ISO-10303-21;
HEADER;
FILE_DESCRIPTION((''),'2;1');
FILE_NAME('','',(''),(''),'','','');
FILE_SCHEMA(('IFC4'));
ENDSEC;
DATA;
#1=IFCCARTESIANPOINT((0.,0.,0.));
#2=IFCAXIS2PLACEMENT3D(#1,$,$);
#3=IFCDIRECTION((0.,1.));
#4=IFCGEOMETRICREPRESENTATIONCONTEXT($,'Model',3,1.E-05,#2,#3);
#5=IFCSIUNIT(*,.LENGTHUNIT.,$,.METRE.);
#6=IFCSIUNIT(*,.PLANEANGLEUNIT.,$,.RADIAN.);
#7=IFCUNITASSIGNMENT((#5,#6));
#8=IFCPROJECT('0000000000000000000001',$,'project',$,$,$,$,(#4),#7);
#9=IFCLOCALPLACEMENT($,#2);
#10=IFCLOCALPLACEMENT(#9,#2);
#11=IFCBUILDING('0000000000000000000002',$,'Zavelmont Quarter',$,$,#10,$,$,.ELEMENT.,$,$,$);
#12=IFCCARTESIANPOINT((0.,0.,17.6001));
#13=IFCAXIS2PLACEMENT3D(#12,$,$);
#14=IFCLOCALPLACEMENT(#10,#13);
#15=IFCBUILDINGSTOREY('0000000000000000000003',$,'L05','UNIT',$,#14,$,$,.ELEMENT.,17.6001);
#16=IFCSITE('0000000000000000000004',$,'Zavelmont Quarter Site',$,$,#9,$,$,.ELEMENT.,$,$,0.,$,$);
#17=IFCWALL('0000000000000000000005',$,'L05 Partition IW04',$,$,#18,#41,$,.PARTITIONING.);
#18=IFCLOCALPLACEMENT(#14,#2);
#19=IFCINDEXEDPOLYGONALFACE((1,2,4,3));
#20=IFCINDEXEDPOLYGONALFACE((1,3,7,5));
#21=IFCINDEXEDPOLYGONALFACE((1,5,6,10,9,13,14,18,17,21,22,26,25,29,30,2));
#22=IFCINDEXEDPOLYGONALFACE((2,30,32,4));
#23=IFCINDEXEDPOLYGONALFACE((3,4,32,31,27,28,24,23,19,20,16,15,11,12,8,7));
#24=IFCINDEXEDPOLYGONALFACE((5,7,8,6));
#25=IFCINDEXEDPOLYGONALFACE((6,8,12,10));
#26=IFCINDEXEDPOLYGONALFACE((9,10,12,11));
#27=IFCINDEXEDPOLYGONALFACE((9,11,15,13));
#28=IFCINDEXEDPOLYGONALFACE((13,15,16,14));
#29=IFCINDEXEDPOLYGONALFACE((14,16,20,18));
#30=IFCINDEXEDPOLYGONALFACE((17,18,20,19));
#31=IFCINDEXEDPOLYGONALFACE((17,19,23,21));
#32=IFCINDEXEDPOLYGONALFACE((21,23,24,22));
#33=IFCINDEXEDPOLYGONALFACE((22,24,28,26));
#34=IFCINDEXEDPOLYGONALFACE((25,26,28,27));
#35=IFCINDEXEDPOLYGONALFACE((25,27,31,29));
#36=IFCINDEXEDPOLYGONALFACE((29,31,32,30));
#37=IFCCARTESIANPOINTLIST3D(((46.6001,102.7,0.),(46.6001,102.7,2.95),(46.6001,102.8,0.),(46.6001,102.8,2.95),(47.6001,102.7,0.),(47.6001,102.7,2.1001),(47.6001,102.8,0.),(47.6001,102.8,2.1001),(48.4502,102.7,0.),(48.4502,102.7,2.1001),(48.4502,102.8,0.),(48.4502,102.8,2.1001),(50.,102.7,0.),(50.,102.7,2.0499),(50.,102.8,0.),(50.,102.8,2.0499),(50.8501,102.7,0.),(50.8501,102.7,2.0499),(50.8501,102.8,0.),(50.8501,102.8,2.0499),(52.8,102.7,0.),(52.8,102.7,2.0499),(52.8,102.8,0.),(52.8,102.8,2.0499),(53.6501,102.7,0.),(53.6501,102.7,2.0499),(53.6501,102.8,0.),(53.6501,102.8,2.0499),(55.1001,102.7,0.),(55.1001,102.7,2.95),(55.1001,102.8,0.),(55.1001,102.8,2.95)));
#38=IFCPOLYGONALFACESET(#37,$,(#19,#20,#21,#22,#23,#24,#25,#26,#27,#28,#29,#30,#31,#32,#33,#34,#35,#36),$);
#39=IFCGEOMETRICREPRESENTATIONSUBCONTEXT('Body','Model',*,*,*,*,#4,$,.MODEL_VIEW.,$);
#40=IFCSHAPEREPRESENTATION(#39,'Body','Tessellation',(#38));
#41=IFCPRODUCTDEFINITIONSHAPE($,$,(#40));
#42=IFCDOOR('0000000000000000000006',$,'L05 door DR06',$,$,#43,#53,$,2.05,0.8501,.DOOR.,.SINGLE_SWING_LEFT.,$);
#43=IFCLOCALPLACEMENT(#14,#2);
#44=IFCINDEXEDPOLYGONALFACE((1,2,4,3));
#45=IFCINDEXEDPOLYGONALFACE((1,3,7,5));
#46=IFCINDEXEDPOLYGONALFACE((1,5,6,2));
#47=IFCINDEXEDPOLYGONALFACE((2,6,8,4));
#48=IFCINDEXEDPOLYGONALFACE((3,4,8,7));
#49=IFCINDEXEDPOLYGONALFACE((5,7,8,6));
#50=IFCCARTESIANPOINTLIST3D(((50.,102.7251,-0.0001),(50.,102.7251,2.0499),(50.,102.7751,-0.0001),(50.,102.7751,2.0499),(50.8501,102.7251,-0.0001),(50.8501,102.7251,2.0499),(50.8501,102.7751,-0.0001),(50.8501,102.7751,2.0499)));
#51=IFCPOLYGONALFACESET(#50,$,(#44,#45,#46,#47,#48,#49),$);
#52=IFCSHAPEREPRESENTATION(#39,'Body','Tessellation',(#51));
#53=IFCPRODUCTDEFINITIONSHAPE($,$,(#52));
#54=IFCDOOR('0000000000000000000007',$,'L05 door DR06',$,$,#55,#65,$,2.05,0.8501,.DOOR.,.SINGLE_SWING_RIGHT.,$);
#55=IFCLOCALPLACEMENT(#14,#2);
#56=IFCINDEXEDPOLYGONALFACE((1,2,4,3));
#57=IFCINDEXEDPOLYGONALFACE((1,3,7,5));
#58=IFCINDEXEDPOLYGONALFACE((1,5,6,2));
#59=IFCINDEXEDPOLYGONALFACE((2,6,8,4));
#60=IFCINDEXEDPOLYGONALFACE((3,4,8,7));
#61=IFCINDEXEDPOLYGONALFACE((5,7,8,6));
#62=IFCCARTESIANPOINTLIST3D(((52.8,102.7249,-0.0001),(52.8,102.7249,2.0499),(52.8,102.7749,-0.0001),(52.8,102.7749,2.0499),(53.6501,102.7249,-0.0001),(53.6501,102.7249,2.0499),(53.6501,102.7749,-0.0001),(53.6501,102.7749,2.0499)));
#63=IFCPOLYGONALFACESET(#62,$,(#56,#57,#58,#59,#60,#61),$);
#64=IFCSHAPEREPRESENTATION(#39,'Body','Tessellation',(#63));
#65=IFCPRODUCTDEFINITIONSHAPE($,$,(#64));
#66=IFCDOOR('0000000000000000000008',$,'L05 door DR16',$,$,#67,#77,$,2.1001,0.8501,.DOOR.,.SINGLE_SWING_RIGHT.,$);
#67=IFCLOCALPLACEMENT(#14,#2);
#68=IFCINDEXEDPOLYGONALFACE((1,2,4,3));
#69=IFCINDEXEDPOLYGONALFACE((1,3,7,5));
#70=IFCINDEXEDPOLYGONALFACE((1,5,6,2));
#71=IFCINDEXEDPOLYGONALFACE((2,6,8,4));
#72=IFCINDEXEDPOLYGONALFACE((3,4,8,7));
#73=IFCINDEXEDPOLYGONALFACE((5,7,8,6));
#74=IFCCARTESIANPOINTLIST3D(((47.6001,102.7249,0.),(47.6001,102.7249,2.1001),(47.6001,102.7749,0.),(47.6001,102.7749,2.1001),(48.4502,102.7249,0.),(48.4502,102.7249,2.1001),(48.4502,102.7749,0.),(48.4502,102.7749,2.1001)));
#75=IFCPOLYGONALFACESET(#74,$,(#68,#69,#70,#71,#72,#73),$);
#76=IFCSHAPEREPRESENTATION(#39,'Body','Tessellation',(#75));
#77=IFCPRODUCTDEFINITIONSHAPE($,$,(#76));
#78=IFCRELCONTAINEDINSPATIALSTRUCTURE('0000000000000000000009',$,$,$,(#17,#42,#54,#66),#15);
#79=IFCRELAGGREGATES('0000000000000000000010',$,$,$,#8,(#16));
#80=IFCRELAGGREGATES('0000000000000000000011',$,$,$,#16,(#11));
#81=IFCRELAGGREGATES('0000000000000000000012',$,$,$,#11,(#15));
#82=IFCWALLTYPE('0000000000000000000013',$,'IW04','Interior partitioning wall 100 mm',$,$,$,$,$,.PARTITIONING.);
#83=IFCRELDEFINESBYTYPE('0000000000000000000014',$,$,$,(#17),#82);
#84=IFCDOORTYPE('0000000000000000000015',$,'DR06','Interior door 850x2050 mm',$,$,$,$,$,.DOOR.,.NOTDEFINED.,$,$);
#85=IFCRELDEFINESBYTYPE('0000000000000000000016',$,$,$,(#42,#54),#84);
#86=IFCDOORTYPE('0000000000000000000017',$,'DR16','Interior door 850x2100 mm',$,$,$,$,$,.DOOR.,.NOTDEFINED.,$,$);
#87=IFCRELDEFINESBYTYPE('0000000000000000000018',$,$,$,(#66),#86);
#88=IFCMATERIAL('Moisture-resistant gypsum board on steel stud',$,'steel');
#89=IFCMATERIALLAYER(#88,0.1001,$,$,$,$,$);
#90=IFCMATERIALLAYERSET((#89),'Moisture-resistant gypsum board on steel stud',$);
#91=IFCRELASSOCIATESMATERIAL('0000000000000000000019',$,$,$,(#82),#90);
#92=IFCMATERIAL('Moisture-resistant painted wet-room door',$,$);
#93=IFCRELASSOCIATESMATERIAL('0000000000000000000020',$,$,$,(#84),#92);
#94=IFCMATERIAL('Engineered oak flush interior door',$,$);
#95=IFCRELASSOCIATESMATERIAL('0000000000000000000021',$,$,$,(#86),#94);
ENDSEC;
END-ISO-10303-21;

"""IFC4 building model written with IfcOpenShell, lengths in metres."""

from ifc_helpers import new_model, si_unit, direction, frame, frame_2d, origin, origin_with_axes, place, context, subcontext, project, spatial, rectangle, extrude, material, layer, layer_set, type_object, element, fill, save


model = new_model("IFC4")

# Units and contexts
model_context = context("Model", 3, precision=1e-05, world=origin(), true_north=direction((0.0, 1.0)))
body_context = subcontext(model_context, "Body", "Model", "MODEL_VIEW")
ifc_project = project(units=[si_unit("LENGTHUNIT", "METRE"), si_unit("PLANEANGLEUNIT", "RADIAN")], contexts=[model_context])

# Site, building, storey
site_placement = place(None, origin())
site = spatial("IfcSite", under=ifc_project, at=site_placement, Name="Zavelmont Quarter Site", CompositionType="ELEMENT", RefElevation=0.0)
building_placement = place(site_placement, origin())
building = spatial("IfcBuilding", under=site, at=building_placement, Name="Zavelmont Quarter", CompositionType="ELEMENT")
storey_placement = place(building_placement, frame((0.0, 0.0, 17.6001)))
storey = spatial("IfcBuildingStorey", under=building, at=storey_placement, Name="L05", Description="UNIT", CompositionType="ELEMENT", Elevation=17.6001)

# Shared definitions
ifc_material_1 = material(Name="Engineered oak flush interior door")

# Shared definitions
ifc_material_2 = material(Name="Moisture-resistant gypsum board on steel stud", Category="steel")
ifc_layer_1 = layer(ifc_material_2, 0.1001)
ifc_layer_set_1 = layer_set([ifc_layer_1], Name="Moisture-resistant gypsum board on steel stud")
wall_type_1 = type_object("IfcWallType", Name="IW04", Description="Interior partitioning wall 100 mm", PredefinedType="PARTITIONING", material=ifc_layer_set_1)

# Wall, openings, doors
wall_1_placement = place(storey_placement, frame((46.6001, 102.75, 0.0), z_axis=(0.0, 0.0, 1.0), x_axis=(1.0, 0.0, 0.0)))
wall_1 = element("IfcWall", 1, at=wall_1_placement, inside=storey, type_object=wall_type_1, Name="L05 Partition IW04", PredefinedType="PARTITIONING", context=body_context, shape_type="SweptSolid", body=[
    extrude(rectangle(XDim=8.5, YDim=0.1001, at=frame_2d((4.25, 0.0))), origin(), (0.0, 0.0, 1.0), 2.95),
])
opening_1_placement = place(wall_1_placement, frame((1.0, 0.0, 0.0)))
opening_1 = element("IfcOpeningElement", 2, at=opening_1_placement, cuts=wall_1, PredefinedType="OPENING", context=body_context, shape_type="SweptSolid", body=[
    extrude(rectangle(XDim=0.8501, YDim=2.1001, at=frame_2d((0.425, 1.05))), frame((0.0, 0.062, 0.0), z_axis=(0.0, -1.0, 0.0), x_axis=(1.0, 0.0, 0.0)), (0.0, 0.0, 1.0), 0.124),
])
opening_2_placement = place(wall_1_placement, frame((3.3999, 0.0, 0.0)))
opening_2 = element("IfcOpeningElement", 3, at=opening_2_placement, cuts=wall_1, PredefinedType="OPENING", context=body_context, shape_type="SweptSolid", body=[
    extrude(rectangle(XDim=0.8501, YDim=2.05, at=frame_2d((0.425, 1.0249))), frame((0.0, 0.062, 0.0), z_axis=(0.0, -1.0, 0.0), x_axis=(1.0, 0.0, 0.0)), (0.0, 0.0, 1.0), 0.124),
])
opening_3_placement = place(wall_1_placement, frame((6.2, 0.0, 0.0)))
opening_3 = element("IfcOpeningElement", 4, at=opening_3_placement, cuts=wall_1, PredefinedType="OPENING", context=body_context, shape_type="SweptSolid", body=[
    extrude(rectangle(XDim=0.8501, YDim=2.05, at=frame_2d((0.425, 1.0249))), frame((0.0, 0.062, 0.0), z_axis=(0.0, -1.0, 0.0), x_axis=(1.0, 0.0, 0.0)), (0.0, 0.0, 1.0), 0.124),
])
ifc_material_3 = material(Name="Moisture-resistant painted wet-room door")
door_type_1 = type_object("IfcDoorType", Name="DR06", Description="Interior door 850x2050 mm", OperationType="NOTDEFINED", PredefinedType="DOOR", material=ifc_material_3)
door_1_placement = place(opening_2_placement, frame((0.8501, 0.0, 0.0), z_axis=(0.0, 0.0, 1.0), x_axis=(-1.0, 0.0, 0.0)))
door_1 = element("IfcDoor", 5, at=door_1_placement, inside=storey, type_object=door_type_1, Name="L05 door DR06", OperationType="SINGLE_SWING_LEFT", OverallHeight=2.05, OverallWidth=0.8501, PredefinedType="DOOR", context=body_context, shape_type="SweptSolid", body=[
    extrude(rectangle(XDim=0.8501, YDim=2.05, at=frame_2d((0.425, 1.0249))), frame((0.0, 0.0249, 0.0), z_axis=(0.0, -1.0, 0.0), x_axis=(1.0, 0.0, 0.0)), (0.0, 0.0, 1.0), 0.05),
])
fill(opening_2, door_1)
door_2_placement = place(opening_3_placement, origin_with_axes())
door_2 = element("IfcDoor", 6, at=door_2_placement, inside=storey, type_object=door_type_1, Name="L05 door DR06", OperationType="SINGLE_SWING_RIGHT", OverallHeight=2.05, OverallWidth=0.8501, PredefinedType="DOOR", context=body_context, shape_type="SweptSolid", body=[
    extrude(rectangle(XDim=0.8501, YDim=2.05, at=frame_2d((0.425, 1.0249))), frame((0.0, 0.0249, 0.0), z_axis=(0.0, -1.0, 0.0), x_axis=(1.0, 0.0, 0.0)), (0.0, 0.0, 1.0), 0.05),
])
fill(opening_3, door_2)
door_type_2 = type_object("IfcDoorType", Name="DR16", Description="Interior door 850x2100 mm", OperationType="NOTDEFINED", PredefinedType="DOOR", material=ifc_material_1)
door_3_placement = place(opening_1_placement, origin_with_axes())
door_3 = element("IfcDoor", 7, at=door_3_placement, inside=storey, type_object=door_type_2, Name="L05 door DR16", OperationType="SINGLE_SWING_RIGHT", OverallHeight=2.1001, OverallWidth=0.8501, PredefinedType="DOOR", context=body_context, shape_type="SweptSolid", body=[
    extrude(rectangle(XDim=0.8501, YDim=2.1001, at=frame_2d((0.425, 1.05))), frame((0.0, 0.0249, 0.0), z_axis=(0.0, -1.0, 0.0), x_axis=(1.0, 0.0, 0.0)), (0.0, 0.0, 1.0), 0.05),
])
fill(opening_1, door_3)

save(model, "model.ifc")
